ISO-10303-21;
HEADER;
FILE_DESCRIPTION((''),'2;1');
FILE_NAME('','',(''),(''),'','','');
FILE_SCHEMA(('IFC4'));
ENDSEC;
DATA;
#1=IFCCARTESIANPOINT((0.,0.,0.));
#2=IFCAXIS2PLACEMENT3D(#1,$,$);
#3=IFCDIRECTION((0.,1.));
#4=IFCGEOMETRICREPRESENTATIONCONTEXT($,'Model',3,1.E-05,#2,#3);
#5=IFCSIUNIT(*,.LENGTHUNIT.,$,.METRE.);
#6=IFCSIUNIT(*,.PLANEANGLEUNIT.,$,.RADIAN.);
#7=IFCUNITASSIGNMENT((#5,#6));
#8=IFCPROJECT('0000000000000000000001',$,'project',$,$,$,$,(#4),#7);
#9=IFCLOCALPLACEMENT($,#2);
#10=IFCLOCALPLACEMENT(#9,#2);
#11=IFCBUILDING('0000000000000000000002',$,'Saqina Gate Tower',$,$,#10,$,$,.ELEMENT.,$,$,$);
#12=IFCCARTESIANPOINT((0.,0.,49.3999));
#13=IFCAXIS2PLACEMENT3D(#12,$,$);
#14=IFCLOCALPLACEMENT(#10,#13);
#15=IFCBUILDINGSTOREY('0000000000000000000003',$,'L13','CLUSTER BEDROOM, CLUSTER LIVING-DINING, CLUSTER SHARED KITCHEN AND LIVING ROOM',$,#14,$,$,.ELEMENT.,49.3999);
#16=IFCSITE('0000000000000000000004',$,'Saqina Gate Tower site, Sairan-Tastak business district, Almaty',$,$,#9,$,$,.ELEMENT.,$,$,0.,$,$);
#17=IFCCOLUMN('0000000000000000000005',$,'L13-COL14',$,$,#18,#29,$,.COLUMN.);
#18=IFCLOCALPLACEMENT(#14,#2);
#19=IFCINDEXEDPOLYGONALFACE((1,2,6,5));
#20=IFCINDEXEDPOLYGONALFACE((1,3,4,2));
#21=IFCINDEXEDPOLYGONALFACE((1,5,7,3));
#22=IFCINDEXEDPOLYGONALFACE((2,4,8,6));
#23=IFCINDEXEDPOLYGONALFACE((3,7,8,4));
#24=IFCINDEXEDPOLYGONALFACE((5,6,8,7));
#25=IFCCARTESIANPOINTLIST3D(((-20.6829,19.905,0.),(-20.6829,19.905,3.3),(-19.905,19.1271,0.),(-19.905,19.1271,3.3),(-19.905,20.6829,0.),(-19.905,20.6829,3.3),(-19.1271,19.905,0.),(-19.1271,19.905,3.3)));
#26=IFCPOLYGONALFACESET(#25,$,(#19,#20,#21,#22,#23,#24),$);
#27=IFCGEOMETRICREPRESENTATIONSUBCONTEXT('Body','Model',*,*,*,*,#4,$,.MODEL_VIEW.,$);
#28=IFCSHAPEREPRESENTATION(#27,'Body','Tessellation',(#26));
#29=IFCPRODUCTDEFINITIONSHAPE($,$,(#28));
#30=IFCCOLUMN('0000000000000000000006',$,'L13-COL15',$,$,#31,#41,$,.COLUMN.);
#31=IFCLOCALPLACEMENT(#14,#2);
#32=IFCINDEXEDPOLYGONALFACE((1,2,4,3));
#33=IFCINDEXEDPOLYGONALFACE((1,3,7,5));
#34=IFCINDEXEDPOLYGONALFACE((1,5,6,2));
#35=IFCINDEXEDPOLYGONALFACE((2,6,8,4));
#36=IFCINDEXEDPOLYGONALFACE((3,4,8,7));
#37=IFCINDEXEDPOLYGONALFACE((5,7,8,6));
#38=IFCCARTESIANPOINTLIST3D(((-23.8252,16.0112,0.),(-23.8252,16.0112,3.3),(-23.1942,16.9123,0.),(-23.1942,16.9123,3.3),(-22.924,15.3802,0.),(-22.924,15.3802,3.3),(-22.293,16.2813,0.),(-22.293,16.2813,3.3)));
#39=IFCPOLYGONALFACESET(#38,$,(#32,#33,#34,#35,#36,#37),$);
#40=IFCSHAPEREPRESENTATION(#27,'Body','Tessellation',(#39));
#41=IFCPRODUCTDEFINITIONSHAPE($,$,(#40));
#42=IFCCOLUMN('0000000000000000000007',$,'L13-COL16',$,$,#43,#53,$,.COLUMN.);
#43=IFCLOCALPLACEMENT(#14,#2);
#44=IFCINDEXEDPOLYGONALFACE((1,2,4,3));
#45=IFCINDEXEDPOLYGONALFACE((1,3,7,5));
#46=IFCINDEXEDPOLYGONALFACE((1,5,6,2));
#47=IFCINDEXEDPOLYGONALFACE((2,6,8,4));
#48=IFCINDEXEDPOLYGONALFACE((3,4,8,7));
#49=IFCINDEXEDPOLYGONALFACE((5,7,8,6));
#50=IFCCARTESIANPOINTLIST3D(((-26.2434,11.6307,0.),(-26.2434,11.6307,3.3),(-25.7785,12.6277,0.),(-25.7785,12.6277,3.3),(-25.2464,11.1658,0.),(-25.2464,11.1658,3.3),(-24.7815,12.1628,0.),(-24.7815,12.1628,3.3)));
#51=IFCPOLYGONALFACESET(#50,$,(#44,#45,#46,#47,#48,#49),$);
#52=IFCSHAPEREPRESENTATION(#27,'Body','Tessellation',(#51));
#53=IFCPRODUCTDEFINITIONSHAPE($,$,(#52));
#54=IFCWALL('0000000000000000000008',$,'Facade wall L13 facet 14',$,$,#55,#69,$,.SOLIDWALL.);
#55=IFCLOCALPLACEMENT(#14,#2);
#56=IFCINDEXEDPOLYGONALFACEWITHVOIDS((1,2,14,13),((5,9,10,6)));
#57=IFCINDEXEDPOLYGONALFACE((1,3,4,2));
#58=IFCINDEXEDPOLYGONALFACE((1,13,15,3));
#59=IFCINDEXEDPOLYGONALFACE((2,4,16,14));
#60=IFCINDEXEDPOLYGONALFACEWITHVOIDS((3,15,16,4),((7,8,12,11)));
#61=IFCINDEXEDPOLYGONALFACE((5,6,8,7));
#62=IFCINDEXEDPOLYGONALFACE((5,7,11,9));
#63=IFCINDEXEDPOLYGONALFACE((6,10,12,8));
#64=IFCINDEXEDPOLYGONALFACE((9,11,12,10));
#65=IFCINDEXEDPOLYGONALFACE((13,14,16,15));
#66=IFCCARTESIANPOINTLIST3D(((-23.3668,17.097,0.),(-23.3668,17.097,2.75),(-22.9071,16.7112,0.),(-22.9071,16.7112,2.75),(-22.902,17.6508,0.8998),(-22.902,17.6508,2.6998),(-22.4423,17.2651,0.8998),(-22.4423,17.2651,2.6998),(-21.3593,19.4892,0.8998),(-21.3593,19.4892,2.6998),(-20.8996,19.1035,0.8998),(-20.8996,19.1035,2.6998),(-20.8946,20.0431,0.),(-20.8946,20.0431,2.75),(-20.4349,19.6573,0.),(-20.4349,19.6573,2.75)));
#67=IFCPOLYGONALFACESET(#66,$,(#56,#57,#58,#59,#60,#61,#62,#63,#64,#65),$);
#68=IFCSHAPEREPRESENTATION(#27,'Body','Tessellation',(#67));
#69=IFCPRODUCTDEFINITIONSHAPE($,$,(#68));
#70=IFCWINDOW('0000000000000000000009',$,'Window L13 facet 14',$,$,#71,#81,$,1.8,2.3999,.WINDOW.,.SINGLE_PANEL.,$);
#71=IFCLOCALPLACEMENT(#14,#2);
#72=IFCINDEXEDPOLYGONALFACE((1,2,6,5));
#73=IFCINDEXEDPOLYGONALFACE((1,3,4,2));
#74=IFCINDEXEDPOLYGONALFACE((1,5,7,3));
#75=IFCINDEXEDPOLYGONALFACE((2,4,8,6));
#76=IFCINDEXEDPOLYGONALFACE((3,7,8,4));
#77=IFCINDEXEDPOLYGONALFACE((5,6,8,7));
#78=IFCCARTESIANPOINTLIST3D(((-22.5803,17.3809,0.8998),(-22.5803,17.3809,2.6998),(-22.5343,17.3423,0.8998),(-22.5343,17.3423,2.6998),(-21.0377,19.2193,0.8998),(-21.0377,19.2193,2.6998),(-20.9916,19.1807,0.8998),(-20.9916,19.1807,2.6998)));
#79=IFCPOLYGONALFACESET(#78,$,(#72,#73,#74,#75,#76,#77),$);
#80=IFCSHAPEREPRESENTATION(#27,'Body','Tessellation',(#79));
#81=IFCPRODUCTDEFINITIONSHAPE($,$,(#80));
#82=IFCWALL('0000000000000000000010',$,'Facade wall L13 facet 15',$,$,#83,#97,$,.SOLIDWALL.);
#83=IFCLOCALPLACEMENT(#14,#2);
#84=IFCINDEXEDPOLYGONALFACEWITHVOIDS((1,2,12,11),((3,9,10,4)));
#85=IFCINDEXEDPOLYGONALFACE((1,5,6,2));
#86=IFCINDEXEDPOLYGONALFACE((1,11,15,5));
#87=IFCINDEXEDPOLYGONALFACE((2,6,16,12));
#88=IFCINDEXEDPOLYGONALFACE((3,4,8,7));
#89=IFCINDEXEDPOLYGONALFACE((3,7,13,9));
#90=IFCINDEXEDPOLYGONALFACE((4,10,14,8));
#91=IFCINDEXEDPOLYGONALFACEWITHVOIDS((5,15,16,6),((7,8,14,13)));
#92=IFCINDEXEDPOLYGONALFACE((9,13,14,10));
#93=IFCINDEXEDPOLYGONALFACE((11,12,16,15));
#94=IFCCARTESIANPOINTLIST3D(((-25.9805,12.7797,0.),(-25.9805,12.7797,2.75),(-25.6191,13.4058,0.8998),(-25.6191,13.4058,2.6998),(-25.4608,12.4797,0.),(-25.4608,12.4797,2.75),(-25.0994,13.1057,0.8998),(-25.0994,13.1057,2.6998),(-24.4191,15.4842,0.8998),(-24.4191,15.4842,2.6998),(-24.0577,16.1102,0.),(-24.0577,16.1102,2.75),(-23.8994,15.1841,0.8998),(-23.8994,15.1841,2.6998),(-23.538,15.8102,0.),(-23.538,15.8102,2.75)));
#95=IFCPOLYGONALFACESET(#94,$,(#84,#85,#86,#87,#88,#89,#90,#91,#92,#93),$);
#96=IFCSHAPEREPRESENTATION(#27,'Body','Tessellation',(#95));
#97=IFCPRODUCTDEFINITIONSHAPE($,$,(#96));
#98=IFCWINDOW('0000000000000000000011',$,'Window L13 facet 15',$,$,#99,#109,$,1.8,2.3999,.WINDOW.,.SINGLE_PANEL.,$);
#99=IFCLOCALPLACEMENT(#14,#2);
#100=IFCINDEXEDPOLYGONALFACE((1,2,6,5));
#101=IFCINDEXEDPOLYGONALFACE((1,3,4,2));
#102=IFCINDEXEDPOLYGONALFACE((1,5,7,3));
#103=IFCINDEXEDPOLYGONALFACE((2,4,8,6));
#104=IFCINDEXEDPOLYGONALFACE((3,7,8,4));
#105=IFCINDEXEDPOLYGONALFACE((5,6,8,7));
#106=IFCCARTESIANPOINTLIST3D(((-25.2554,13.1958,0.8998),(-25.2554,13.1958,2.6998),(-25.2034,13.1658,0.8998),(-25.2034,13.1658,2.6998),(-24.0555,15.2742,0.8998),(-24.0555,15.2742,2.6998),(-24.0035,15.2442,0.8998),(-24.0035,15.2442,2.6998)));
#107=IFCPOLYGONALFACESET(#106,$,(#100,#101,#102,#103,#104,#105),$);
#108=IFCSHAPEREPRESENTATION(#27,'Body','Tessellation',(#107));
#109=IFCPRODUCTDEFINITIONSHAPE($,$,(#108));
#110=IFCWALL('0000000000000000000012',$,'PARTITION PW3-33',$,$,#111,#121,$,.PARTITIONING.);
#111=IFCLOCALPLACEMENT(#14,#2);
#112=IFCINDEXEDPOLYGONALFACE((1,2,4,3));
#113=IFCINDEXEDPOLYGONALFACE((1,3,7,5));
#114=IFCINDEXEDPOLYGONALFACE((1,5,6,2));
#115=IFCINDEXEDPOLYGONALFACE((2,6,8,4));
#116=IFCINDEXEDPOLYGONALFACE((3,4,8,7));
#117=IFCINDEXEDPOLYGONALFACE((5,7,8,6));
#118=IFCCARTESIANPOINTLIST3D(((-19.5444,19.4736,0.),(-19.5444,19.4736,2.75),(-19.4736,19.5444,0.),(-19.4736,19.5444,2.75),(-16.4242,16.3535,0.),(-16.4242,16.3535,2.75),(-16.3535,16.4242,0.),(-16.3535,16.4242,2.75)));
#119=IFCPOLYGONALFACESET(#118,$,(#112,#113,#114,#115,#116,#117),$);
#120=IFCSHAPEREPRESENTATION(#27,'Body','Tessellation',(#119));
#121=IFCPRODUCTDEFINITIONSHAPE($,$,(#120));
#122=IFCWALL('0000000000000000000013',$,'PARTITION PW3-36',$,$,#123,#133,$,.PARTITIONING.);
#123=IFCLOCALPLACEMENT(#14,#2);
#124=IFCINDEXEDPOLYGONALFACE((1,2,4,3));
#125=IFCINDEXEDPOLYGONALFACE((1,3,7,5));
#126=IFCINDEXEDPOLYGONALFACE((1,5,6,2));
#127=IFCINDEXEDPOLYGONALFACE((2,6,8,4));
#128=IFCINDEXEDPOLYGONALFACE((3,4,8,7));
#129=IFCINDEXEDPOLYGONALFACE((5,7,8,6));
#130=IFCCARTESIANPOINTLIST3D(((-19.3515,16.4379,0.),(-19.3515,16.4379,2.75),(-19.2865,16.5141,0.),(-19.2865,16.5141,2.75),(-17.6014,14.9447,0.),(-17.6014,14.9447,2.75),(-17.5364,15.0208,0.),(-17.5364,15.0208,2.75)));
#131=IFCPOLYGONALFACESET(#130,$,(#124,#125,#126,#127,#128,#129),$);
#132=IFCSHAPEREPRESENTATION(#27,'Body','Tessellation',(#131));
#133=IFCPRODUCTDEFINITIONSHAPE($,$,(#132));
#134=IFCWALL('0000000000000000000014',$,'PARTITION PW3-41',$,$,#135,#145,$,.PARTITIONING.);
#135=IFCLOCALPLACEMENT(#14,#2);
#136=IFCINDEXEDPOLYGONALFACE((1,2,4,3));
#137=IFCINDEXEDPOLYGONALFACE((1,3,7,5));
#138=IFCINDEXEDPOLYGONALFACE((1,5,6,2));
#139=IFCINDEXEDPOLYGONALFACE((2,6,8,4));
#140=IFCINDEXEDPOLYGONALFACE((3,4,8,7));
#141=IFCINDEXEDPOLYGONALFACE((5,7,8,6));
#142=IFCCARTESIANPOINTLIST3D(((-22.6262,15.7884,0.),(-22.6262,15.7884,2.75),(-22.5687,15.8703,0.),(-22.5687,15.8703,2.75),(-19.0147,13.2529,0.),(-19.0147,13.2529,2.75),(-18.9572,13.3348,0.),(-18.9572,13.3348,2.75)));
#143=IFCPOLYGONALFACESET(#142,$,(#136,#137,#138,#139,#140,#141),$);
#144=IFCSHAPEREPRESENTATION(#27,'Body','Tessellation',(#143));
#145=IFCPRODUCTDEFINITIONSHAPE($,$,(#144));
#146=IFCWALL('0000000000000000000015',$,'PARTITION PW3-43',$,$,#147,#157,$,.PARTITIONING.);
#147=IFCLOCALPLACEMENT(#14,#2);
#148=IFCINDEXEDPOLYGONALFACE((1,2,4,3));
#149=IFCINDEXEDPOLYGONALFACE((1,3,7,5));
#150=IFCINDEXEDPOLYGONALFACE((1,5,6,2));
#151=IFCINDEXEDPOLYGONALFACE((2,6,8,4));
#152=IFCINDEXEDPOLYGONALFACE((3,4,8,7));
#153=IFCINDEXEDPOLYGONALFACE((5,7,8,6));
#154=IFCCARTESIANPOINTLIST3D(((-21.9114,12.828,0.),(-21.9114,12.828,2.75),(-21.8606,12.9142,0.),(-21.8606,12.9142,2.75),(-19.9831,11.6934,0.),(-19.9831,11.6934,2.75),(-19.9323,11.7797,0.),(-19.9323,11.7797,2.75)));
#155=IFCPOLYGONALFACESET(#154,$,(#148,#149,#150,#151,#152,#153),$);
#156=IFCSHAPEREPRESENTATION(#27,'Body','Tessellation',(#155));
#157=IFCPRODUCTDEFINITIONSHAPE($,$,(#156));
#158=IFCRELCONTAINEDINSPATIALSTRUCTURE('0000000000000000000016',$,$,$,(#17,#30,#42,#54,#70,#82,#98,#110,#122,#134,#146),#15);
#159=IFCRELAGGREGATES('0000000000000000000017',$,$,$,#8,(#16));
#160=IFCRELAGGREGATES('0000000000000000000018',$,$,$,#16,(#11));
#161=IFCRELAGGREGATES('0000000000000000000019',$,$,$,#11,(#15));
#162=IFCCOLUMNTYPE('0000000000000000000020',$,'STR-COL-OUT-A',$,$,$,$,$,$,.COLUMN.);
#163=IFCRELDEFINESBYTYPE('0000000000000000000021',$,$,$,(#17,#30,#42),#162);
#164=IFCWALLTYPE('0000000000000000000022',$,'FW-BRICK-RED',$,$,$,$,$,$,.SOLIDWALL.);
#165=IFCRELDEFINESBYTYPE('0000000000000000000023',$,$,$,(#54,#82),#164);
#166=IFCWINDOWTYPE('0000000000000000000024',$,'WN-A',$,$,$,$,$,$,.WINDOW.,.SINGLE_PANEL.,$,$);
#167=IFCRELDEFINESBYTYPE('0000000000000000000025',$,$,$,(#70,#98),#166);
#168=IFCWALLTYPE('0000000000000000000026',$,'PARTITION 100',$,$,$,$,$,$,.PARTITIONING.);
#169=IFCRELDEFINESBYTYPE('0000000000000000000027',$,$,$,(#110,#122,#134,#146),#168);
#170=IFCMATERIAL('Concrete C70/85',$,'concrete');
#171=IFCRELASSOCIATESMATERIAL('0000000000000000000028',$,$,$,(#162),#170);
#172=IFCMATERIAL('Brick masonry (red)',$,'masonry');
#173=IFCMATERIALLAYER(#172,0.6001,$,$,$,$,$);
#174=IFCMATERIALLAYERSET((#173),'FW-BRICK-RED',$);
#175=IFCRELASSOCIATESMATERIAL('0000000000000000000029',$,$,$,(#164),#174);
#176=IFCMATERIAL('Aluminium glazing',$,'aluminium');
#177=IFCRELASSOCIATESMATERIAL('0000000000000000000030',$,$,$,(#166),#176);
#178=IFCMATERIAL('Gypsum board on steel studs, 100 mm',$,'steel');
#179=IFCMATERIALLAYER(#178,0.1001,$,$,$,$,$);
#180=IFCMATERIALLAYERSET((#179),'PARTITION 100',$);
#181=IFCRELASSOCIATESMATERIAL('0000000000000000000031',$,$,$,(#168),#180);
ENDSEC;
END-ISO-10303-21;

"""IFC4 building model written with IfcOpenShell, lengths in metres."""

from ifc_helpers import new_model, si_unit, direction, frame, frame_2d, origin, origin_2d, place, context, subcontext, project, spatial, rectangle, extrude, material, layer, layer_set, material_profile, profile_set, type_object, element, fill, save


model = new_model("IFC4")

# Units and contexts
model_context = context("Model", 3, precision=1e-05, world=origin(), true_north=direction((0.0, 1.0)))
body_context = subcontext(model_context, "Body", "Model", "MODEL_VIEW")
ifc_project = project(units=[si_unit("LENGTHUNIT", "METRE"), si_unit("PLANEANGLEUNIT", "RADIAN")], contexts=[model_context])

# Site, building, storey
site_placement = place(None, origin())
site = spatial("IfcSite", under=ifc_project, at=site_placement, Name="Saqina Gate Tower site, Sairan-Tastak business district, Almaty", CompositionType="ELEMENT", RefElevation=0.0)
building_placement = place(site_placement, origin())
building = spatial("IfcBuilding", under=site, at=building_placement, Name="Saqina Gate Tower", CompositionType="ELEMENT")
storey_placement = place(building_placement, frame((0.0, 0.0, 49.3999)))
storey = spatial("IfcBuildingStorey", under=building, at=storey_placement, Name="L13", Description="CLUSTER BEDROOM, CLUSTER LIVING-DINING, CLUSTER SHARED KITCHEN AND LIVING ROOM", CompositionType="ELEMENT", Elevation=49.3999)

# Columns
ifc_material_1 = material(Name="Concrete C70/85", Category="concrete")
ifc_material_profile = material_profile(ifc_material_1, rectangle(XDim=1.1001, YDim=1.1001, at=origin_2d()), Name="RC 1100x1100")
ifc_profile_set = profile_set([ifc_material_profile], Name="Concrete C70/85")
column_type = type_object("IfcColumnType", Name="STR-COL-OUT-A", PredefinedType="COLUMN", material=ifc_profile_set)
for number, where, z_axis, x_axis, name in (
    (1, (-19.905, 19.905, 0.0), (0.0, 0.0, 1.0), (-0.707107, 0.707107, 0.0), "L13-COL14"),
    (2, (-23.0591, 16.1462, 0.0), (0.0, 0.0, 1.0), (-0.819152, 0.573576, 0.0), "L13-COL15"),
    (3, (-25.5125, 11.8967, 0.0), (0.0, 0.0, 1.0), (-0.906308, 0.422618, 0.0), "L13-COL16"),
):
    element("IfcColumn", number, at=place(storey_placement, frame(where, z_axis=z_axis, x_axis=x_axis)), inside=storey, type_object=column_type, Name=name, PredefinedType="COLUMN", context=body_context, shape_type="SweptSolid", body=[
        extrude(rectangle(XDim=1.1001, YDim=1.1001, at=origin_2d()), origin(), (0.0, 0.0, 1.0), 3.3),
    ])

# Walls, openings, windows
ifc_material_2 = material(Name="Brick masonry (red)", Category="masonry")
ifc_layer_1 = layer(ifc_material_2, 0.6001)
ifc_layer_set_1 = layer_set([ifc_layer_1], Name="FW-BRICK-RED")
wall_type_1 = type_object("IfcWallType", Name="FW-BRICK-RED", PredefinedType="SOLIDWALL", material=ifc_layer_set_1)
wall_1_placement = place(storey_placement, frame((-20.6648, 19.8501, 0.0), z_axis=(0.0, 0.0, 1.0), x_axis=(-0.642809, -0.766026, 0.0)))
wall_1 = element("IfcWall", 4, at=wall_1_placement, inside=storey, type_object=wall_type_1, Name="Facade wall L13 facet 14", PredefinedType="SOLIDWALL", context=body_context, shape_type="SweptSolid", body=[
    extrude(rectangle(XDim=3.8459, YDim=0.6001, at=frame_2d((1.9229, 0.0))), origin(), (0.0, 0.0, 1.0), 2.75),
])
opening_1_placement = place(wall_1_placement, frame((0.7229, 0.0, 0.8999)))
opening_1 = element("IfcOpeningElement", 5, at=opening_1_placement, cuts=wall_1, PredefinedType="OPENING", context=body_context, shape_type="SweptSolid", body=[
    extrude(rectangle(XDim=2.3999, YDim=1.8, at=frame_2d((1.2, 0.8999))), frame((0.0, 0.312, 0.0), z_axis=(0.0, -1.0, 0.0), x_axis=(1.0, 0.0, 0.0)), (0.0, 0.0, 1.0), 0.624),
])
ifc_material_3 = material(Name="Aluminium glazing", Category="aluminium")
window_type = type_object("IfcWindowType", Name="WN-A", PartitioningType="SINGLE_PANEL", PredefinedType="WINDOW", material=ifc_material_3)
window_1_placement = place(opening_1_placement, origin())
window_1 = element("IfcWindow", 6, at=window_1_placement, inside=storey, type_object=window_type, Name="Window L13 facet 14", OverallHeight=1.8, OverallWidth=2.3999, PartitioningType="SINGLE_PANEL", PredefinedType="WINDOW", context=body_context, shape_type="SweptSolid", body=[
    extrude(rectangle(XDim=2.3999, YDim=1.8, at=frame_2d((1.2, 0.8999))), frame((0.0, 0.1799, 0.0), z_axis=(0.0, -1.0, 0.0), x_axis=(1.0, 0.0, 0.0)), (0.0, 0.0, 1.0), 0.0601),
])
fill(opening_1, window_1)
wall_2_placement = place(storey_placement, frame((-23.7979, 15.9602, 0.0), z_axis=(0.0, 0.0, 1.0), x_axis=(-0.49999, -0.866031, 0.0)))
wall_2 = element("IfcWall", 7, at=wall_2_placement, inside=storey, type_object=wall_type_1, Name="Facade wall L13 facet 15", PredefinedType="SOLIDWALL", context=body_context, shape_type="SweptSolid", body=[
    extrude(rectangle(XDim=3.8457, YDim=0.6001, at=frame_2d((1.9229, 0.0))), origin(), (0.0, 0.0, 1.0), 2.75),
])
opening_2_placement = place(wall_2_placement, frame((0.7229, 0.0, 0.8999)))
opening_2 = element("IfcOpeningElement", 8, at=opening_2_placement, cuts=wall_2, PredefinedType="OPENING", context=body_context, shape_type="SweptSolid", body=[
    extrude(rectangle(XDim=2.3999, YDim=1.8, at=frame_2d((1.2, 0.8999))), frame((0.0, 0.312, 0.0), z_axis=(0.0, -1.0, 0.0), x_axis=(1.0, 0.0, 0.0)), (0.0, 0.0, 1.0), 0.624),
])
window_2_placement = place(opening_2_placement, origin())
window_2 = element("IfcWindow", 9, at=window_2_placement, inside=storey, type_object=window_type, Name="Window L13 facet 15", OverallHeight=1.8, OverallWidth=2.3999, PartitioningType="SINGLE_PANEL", PredefinedType="WINDOW", context=body_context, shape_type="SweptSolid", body=[
    extrude(rectangle(XDim=2.3999, YDim=1.8, at=frame_2d((1.2, 0.8999))), frame((0.0, 0.1799, 0.0), z_axis=(0.0, -1.0, 0.0), x_axis=(1.0, 0.0, 0.0)), (0.0, 0.0, 1.0), 0.0601),
])
fill(opening_2, window_2)

# Walls
ifc_material_4 = material(Name="Gypsum board on steel studs, 100 mm", Category="steel")
ifc_layer_2 = layer(ifc_material_4, 0.1001)
ifc_layer_set_2 = layer_set([ifc_layer_2], Name="PARTITION 100")
wall_type_2 = type_object("IfcWallType", Name="PARTITION 100", PredefinedType="PARTITIONING", material=ifc_layer_set_2)
wall_3_placement = place(storey_placement, frame((-19.509, 19.509, 0.0), z_axis=(0.0, 0.0, 1.0), x_axis=(0.707107, -0.707107, 0.0)))
element("IfcWall", 10, at=wall_3_placement, inside=storey, type_object=wall_type_2, Name="PARTITION PW3-33", PredefinedType="PARTITIONING", context=body_context, shape_type="SweptSolid", body=[
    extrude(rectangle(XDim=4.4126, YDim=0.1001, at=frame_2d((2.2063, 0.0))), origin(), (0.0, 0.0, 1.0), 2.75),
])
wall_4_placement = place(storey_placement, frame((-19.3191, 16.4761, 0.0), z_axis=(0.0, 0.0, 1.0), x_axis=(0.760723, -0.649077, 0.0)))
element("IfcWall", 11, at=wall_4_placement, inside=storey, type_object=wall_type_2, Name="PARTITION PW3-36", PredefinedType="PARTITIONING", context=body_context, shape_type="SweptSolid", body=[
    extrude(rectangle(XDim=2.3005, YDim=0.1001, at=frame_2d((1.1504, 0.0))), origin(), (0.0, 0.0, 1.0), 2.75),
])
wall_5_placement = place(storey_placement, frame((-22.5974, 15.8293, 0.0), z_axis=(0.0, 0.0, 1.0), x_axis=(0.818436, -0.574598, 0.0)))
element("IfcWall", 12, at=wall_5_placement, inside=storey, type_object=wall_type_2, Name="PARTITION PW3-41", PredefinedType="PARTITIONING", context=body_context, shape_type="SweptSolid", body=[
    extrude(rectangle(XDim=4.4126, YDim=0.1001, at=frame_2d((2.2063, 0.0))), origin(), (0.0, 0.0, 1.0), 2.75),
])
wall_6_placement = place(storey_placement, frame((-21.886, 12.8711, 0.0), z_axis=(0.0, 0.0, 1.0), x_axis=(0.861881, -0.507111, 0.0)))
element("IfcWall", 13, at=wall_6_placement, inside=storey, type_object=wall_type_2, Name="PARTITION PW3-43", PredefinedType="PARTITIONING", context=body_context, shape_type="SweptSolid", body=[
    extrude(rectangle(XDim=2.2373, YDim=0.1001, at=frame_2d((1.1187, 0.0))), origin(), (0.0, 0.0, 1.0), 2.75),
])

save(model, "model.ifc")
